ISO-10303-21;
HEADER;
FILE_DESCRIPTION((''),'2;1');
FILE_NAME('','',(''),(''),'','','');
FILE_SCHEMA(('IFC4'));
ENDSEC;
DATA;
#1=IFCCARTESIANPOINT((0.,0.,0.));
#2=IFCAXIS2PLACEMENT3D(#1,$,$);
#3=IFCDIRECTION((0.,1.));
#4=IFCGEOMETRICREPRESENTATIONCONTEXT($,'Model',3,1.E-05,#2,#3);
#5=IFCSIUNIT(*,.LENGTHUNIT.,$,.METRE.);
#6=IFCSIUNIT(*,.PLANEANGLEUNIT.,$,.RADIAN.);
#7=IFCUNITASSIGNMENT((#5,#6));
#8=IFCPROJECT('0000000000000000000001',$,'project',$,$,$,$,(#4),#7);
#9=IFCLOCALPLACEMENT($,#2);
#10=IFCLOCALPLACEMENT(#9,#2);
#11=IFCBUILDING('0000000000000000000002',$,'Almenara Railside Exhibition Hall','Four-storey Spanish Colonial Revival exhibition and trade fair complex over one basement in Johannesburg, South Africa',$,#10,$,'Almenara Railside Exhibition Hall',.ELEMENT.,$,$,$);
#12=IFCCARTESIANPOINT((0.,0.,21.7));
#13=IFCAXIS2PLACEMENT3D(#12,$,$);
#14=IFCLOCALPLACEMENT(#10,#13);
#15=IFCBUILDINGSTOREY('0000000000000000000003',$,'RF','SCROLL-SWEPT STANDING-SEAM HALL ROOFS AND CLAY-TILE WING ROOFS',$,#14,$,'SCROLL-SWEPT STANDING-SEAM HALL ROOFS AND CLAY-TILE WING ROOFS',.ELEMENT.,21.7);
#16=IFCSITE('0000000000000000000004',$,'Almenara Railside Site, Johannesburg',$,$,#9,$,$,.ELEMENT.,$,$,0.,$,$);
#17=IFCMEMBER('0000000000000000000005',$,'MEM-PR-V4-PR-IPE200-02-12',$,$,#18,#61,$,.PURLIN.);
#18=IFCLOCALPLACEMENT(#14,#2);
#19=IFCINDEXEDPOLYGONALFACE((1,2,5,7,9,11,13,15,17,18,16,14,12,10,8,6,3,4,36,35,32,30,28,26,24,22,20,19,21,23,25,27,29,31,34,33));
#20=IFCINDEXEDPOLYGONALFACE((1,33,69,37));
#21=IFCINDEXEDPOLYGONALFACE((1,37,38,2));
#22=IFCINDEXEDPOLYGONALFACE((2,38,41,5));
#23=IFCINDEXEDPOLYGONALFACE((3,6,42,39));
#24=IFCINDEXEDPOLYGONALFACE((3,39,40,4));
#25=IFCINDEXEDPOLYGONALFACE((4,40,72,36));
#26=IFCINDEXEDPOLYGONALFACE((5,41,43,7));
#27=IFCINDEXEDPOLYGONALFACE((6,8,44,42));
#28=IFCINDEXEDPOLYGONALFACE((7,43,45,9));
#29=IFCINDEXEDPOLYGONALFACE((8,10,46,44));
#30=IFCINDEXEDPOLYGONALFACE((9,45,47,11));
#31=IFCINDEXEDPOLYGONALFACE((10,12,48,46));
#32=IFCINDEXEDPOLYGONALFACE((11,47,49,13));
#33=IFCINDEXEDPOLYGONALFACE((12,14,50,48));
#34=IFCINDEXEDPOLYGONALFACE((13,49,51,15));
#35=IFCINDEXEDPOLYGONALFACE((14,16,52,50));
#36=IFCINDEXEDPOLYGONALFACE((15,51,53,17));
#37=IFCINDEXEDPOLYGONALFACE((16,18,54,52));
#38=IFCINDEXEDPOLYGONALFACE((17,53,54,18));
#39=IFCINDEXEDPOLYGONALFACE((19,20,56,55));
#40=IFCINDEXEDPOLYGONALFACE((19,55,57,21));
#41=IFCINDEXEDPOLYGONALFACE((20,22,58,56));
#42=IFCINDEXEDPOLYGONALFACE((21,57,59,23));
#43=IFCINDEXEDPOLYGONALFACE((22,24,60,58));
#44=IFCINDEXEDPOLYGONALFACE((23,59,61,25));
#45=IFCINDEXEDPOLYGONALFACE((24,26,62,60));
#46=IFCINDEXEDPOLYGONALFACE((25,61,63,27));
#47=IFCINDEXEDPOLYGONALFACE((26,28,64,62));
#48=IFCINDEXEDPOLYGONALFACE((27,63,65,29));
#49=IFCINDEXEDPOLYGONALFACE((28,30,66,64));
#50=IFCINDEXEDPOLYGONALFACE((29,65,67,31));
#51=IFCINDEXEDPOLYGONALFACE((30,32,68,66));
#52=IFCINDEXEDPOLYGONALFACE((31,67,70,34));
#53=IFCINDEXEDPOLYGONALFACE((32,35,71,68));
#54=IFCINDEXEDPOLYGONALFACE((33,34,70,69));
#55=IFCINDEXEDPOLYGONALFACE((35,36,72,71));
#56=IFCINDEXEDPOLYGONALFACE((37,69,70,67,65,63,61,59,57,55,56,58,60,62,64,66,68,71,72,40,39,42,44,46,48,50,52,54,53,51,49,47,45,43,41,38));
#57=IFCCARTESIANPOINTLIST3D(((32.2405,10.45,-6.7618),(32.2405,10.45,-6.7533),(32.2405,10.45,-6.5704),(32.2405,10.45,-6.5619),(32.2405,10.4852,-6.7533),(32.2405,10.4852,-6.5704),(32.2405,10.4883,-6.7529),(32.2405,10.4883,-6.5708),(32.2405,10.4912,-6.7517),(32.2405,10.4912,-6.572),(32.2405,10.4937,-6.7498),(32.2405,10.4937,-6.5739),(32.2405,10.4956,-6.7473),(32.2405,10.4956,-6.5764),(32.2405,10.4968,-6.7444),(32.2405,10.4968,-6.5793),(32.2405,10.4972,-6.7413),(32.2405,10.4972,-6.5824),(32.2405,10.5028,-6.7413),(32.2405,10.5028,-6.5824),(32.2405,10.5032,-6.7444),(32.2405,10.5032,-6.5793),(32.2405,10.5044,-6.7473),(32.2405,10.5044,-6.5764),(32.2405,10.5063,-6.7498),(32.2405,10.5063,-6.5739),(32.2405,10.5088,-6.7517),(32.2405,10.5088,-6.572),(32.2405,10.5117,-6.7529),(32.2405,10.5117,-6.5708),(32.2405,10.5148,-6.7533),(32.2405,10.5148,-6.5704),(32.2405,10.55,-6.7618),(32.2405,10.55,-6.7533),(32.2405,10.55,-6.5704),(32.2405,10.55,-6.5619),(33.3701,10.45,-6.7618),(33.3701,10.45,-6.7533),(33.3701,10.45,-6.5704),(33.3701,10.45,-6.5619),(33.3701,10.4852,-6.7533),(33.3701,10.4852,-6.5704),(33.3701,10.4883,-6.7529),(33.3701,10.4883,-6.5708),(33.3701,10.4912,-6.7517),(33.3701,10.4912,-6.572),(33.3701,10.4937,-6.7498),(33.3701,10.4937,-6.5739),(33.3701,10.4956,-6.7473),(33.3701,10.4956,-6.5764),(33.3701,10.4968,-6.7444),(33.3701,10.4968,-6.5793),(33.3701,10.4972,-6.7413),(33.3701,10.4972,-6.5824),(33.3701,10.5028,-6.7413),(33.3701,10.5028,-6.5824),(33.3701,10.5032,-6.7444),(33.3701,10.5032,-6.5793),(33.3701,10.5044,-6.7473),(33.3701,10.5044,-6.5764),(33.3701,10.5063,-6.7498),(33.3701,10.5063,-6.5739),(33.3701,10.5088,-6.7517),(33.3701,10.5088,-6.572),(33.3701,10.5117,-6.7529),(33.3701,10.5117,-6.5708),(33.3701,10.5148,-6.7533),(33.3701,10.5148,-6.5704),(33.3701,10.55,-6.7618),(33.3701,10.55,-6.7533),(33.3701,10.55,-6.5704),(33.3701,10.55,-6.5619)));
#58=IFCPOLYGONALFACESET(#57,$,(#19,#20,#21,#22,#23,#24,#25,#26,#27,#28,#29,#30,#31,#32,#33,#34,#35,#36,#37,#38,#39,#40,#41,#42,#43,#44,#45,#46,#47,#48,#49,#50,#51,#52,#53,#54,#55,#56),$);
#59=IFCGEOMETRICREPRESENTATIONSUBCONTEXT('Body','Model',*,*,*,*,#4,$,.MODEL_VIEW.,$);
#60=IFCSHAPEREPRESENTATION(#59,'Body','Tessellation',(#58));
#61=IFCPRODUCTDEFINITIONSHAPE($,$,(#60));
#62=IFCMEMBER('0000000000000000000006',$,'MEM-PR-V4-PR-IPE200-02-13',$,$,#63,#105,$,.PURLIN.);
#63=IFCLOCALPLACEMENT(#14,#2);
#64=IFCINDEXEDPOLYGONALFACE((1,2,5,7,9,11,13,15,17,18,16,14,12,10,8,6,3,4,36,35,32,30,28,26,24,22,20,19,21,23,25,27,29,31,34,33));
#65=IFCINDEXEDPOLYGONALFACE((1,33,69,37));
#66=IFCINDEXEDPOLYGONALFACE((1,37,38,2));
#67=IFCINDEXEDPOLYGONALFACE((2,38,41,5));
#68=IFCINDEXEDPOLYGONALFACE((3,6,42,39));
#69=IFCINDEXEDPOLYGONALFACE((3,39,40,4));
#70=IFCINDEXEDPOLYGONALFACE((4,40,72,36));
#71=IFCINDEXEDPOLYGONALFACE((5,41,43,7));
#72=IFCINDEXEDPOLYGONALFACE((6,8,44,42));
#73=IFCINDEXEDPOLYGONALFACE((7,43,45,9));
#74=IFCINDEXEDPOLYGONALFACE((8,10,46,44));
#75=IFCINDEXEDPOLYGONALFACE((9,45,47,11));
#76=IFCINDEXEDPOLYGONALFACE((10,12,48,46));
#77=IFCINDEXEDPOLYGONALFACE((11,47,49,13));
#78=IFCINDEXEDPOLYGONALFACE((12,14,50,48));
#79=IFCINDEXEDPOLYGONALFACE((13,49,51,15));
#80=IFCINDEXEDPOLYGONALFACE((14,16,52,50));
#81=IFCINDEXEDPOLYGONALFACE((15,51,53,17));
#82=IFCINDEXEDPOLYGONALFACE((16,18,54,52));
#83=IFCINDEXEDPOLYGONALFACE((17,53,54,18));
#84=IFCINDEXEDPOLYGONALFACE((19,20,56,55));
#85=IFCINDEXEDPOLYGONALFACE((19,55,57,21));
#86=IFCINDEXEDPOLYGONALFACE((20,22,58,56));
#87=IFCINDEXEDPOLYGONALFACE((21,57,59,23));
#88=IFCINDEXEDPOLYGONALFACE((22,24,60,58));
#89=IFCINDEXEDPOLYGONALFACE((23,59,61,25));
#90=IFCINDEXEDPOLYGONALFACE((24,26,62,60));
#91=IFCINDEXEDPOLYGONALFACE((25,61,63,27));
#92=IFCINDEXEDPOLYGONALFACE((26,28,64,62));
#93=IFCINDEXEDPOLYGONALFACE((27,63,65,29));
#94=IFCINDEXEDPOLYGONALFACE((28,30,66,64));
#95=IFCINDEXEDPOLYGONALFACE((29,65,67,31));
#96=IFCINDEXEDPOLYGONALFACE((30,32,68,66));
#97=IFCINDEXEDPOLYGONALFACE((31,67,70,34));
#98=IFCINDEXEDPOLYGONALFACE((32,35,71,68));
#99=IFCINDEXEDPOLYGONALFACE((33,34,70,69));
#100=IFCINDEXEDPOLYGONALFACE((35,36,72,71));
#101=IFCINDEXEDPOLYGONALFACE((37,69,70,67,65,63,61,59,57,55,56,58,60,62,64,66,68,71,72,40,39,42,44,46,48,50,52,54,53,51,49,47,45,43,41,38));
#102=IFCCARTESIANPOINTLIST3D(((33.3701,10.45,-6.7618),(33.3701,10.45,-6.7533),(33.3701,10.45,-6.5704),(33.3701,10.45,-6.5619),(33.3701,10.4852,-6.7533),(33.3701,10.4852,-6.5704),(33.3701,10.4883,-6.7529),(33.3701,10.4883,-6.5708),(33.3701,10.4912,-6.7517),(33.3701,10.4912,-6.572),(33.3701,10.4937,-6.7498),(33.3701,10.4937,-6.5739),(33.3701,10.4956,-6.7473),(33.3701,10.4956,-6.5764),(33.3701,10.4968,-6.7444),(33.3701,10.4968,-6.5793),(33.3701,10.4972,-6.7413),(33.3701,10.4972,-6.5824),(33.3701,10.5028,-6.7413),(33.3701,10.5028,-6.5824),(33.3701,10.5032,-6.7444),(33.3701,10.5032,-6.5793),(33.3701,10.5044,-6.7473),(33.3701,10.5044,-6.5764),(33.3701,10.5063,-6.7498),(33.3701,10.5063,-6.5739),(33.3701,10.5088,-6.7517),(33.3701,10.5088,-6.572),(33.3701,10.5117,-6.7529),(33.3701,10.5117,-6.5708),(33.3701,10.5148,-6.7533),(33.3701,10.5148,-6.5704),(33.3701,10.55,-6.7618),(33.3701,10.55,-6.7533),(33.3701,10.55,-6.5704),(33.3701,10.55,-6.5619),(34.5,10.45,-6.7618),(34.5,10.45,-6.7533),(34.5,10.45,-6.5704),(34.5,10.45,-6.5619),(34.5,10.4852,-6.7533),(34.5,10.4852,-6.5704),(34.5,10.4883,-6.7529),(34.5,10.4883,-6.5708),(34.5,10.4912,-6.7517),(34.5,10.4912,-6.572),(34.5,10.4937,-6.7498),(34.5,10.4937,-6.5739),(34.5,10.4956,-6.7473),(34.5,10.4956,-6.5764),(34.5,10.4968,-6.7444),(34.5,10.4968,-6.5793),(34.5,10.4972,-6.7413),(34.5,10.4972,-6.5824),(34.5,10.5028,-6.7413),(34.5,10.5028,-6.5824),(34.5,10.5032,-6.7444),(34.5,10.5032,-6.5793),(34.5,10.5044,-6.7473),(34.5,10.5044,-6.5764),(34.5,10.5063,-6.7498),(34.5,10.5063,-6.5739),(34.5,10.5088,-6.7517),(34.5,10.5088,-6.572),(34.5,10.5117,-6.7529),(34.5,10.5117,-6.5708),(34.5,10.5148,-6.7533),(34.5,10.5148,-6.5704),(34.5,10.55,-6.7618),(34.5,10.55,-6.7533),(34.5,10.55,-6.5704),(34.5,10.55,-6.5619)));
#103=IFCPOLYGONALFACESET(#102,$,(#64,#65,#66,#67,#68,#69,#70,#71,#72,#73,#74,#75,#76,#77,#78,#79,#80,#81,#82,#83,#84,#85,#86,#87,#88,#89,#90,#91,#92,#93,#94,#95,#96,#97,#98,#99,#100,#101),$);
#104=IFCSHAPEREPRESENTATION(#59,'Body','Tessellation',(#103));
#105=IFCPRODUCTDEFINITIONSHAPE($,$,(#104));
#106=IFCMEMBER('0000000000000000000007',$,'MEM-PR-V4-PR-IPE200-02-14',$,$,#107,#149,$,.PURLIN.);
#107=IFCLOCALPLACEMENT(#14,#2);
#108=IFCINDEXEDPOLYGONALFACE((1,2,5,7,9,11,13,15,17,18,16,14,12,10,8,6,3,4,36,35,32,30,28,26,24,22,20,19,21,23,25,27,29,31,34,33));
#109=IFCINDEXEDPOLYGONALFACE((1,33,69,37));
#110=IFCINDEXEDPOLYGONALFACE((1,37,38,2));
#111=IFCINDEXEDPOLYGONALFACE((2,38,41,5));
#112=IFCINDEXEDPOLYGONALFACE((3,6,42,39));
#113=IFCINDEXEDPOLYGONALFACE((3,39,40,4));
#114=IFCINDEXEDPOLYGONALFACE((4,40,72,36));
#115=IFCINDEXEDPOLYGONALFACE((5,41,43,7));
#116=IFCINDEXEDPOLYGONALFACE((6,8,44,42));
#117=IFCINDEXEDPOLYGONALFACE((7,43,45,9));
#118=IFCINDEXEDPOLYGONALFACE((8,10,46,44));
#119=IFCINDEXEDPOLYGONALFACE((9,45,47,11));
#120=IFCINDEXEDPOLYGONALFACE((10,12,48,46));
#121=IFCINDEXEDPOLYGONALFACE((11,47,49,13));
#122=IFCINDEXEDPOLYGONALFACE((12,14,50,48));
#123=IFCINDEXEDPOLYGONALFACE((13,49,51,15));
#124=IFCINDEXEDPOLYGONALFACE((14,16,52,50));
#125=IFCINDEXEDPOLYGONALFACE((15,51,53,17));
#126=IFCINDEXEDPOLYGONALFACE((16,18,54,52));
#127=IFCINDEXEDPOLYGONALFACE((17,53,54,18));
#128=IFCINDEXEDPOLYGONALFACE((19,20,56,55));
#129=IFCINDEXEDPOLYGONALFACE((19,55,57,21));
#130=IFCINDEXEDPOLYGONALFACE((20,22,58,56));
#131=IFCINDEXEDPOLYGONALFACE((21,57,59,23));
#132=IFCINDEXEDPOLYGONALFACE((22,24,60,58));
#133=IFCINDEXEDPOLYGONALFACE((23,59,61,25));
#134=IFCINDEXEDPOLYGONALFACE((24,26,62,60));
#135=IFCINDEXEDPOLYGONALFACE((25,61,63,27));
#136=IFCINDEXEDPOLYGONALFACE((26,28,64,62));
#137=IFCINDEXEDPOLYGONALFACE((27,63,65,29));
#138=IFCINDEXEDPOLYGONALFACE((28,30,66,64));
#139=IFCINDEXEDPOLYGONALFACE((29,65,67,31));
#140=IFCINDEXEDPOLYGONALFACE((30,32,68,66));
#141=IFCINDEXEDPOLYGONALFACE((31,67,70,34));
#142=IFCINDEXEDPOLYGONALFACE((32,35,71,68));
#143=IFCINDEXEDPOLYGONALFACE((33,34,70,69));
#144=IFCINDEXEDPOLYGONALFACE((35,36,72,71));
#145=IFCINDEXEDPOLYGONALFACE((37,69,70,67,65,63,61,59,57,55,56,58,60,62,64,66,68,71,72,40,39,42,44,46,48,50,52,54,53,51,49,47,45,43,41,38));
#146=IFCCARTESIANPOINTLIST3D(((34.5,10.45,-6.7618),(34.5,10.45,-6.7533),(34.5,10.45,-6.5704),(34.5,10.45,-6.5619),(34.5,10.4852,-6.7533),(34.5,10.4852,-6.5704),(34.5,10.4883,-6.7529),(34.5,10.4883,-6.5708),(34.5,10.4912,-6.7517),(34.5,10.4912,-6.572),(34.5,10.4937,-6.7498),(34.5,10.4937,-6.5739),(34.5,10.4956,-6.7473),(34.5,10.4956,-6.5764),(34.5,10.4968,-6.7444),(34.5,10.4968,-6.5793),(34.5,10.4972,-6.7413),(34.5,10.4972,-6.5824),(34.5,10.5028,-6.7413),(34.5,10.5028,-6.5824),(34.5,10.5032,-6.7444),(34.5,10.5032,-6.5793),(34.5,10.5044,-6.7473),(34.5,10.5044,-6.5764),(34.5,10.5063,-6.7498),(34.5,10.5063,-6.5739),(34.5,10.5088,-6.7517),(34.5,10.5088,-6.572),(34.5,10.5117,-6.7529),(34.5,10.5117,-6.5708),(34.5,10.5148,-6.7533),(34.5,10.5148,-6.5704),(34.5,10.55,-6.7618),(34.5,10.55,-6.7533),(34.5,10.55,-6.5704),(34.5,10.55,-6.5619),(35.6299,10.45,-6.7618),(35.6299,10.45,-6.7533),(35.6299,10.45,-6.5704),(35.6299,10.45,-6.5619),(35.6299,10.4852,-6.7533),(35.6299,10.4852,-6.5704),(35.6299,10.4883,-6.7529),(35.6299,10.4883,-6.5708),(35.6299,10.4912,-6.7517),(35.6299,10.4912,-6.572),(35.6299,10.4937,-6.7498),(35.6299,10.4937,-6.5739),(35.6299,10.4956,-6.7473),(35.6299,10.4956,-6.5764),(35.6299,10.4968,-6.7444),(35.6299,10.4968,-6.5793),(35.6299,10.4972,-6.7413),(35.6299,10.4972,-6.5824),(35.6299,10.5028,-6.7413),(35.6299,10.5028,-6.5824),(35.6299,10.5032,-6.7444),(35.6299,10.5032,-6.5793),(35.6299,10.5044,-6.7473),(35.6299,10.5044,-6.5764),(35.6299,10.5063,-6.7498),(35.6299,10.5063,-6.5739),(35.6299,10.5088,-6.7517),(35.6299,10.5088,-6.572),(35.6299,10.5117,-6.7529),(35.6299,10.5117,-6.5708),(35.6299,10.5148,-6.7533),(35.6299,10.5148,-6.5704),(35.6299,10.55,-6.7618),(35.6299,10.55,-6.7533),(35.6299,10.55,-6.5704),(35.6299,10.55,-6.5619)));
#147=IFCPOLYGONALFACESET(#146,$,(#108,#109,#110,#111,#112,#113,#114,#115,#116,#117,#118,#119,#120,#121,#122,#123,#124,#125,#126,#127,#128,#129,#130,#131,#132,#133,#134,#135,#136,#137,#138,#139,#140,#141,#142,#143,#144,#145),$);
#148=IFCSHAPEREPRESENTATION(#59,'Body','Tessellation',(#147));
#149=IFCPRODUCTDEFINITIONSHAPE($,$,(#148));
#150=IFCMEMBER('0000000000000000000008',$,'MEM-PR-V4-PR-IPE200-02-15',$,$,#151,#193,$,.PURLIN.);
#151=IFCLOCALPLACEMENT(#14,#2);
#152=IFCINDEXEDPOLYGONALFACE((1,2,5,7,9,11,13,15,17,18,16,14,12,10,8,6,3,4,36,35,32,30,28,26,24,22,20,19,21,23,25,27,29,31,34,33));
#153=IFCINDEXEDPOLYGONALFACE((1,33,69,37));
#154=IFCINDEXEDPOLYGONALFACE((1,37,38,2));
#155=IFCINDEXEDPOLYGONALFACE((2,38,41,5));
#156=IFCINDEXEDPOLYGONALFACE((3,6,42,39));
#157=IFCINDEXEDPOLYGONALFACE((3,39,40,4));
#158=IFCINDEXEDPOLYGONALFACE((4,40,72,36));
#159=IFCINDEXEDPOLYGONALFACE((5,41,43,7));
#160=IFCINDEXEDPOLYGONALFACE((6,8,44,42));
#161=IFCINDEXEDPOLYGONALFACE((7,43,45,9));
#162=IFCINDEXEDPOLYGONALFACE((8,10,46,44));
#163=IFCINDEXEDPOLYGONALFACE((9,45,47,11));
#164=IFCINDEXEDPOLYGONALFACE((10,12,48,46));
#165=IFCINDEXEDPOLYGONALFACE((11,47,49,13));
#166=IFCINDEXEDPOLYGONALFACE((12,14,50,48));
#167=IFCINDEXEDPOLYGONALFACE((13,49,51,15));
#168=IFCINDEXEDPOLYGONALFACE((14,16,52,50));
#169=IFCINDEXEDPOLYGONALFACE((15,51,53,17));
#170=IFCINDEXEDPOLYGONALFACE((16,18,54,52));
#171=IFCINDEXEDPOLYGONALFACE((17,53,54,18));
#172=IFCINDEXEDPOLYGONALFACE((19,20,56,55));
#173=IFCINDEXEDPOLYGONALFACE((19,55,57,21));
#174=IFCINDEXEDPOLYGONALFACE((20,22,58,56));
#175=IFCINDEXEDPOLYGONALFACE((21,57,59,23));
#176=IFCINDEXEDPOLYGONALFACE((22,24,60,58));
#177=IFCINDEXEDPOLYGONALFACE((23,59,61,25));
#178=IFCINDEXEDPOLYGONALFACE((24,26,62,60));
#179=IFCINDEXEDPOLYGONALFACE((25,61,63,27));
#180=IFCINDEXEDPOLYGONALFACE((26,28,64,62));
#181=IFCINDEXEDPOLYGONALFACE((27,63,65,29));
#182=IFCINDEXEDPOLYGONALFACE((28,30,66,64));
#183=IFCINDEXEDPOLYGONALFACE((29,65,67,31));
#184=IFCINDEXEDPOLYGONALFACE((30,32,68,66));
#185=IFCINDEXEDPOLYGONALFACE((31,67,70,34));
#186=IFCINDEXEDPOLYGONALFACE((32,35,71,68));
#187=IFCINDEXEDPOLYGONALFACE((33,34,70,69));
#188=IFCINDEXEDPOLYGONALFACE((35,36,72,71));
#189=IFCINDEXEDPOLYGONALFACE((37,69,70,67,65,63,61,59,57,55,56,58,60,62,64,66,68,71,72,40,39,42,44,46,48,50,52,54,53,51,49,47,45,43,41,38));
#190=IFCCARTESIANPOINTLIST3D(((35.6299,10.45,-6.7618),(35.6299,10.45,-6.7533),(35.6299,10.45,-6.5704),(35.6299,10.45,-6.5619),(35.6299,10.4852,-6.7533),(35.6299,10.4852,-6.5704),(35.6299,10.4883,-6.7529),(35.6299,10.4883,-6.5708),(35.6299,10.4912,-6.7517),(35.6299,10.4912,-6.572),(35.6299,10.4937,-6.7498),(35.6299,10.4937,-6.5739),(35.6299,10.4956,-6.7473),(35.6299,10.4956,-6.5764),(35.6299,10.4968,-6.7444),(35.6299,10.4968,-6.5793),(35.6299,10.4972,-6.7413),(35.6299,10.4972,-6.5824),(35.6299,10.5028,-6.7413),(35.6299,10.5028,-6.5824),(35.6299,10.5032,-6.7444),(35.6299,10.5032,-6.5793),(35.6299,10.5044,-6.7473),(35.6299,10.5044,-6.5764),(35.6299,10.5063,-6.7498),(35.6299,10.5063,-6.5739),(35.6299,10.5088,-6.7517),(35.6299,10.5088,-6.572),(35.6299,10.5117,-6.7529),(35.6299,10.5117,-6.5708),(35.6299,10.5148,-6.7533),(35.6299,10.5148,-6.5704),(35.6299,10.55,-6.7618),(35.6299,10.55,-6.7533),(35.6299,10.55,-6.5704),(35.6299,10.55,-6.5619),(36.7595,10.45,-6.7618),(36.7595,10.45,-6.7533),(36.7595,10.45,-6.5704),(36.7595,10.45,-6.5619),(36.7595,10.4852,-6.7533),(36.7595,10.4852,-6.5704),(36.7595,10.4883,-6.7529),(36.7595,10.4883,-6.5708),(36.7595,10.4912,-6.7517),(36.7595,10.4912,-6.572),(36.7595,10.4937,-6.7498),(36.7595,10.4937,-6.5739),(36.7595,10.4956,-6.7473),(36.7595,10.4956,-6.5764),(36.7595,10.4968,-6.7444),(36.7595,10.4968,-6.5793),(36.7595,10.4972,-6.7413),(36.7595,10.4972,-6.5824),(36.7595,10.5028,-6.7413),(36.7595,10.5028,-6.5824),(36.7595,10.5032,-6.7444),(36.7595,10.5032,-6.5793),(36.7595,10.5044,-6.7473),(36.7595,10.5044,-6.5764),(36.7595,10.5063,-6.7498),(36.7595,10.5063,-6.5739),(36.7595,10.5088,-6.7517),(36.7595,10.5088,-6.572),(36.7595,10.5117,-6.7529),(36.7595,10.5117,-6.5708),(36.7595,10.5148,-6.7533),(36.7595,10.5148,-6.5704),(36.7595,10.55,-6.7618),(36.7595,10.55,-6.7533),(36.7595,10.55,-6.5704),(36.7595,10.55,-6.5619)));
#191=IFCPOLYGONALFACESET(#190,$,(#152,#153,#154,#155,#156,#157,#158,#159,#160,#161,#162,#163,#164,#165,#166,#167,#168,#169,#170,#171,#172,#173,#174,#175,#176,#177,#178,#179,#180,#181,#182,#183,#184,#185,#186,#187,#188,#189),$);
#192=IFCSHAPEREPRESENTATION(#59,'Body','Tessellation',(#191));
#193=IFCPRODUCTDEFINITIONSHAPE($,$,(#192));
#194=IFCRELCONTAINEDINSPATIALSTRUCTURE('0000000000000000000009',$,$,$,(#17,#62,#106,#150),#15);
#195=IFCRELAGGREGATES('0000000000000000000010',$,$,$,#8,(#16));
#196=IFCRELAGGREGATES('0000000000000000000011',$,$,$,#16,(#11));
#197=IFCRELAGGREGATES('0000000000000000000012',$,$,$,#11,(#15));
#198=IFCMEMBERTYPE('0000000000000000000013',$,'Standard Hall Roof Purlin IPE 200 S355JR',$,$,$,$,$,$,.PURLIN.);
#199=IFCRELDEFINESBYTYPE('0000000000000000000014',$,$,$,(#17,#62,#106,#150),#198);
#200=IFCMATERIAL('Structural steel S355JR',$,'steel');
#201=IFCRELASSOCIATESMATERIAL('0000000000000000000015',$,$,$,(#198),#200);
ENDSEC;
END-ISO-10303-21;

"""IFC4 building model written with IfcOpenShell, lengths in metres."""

from ifc_helpers import new_model, si_unit, direction, frame, origin, origin_2d, place, context, subcontext, project, spatial, i_section, extrude, material, material_profile, profile_set, type_object, element, save


model = new_model("IFC4")

# Units and contexts
model_context = context("Model", 3, precision=1e-05, world=origin(), true_north=direction((0.0, 1.0)))
body_context = subcontext(model_context, "Body", "Model", "MODEL_VIEW")
ifc_project = project(units=[si_unit("LENGTHUNIT", "METRE"), si_unit("PLANEANGLEUNIT", "RADIAN")], contexts=[model_context])

# Site, building, storey
site_placement = place(None, origin())
site = spatial("IfcSite", under=ifc_project, at=site_placement, Name="Almenara Railside Site, Johannesburg", CompositionType="ELEMENT", RefElevation=0.0)
building_placement = place(site_placement, origin())
building = spatial("IfcBuilding", under=site, at=building_placement, Name="Almenara Railside Exhibition Hall", Description="Four-storey Spanish Colonial Revival exhibition and trade fair complex over one basement in Johannesburg, South Africa", LongName="Almenara Railside Exhibition Hall", CompositionType="ELEMENT")
storey_placement = place(building_placement, frame((0.0, 0.0, 21.7)))
storey = spatial("IfcBuildingStorey", under=building, at=storey_placement, Name="RF", Description="SCROLL-SWEPT STANDING-SEAM HALL ROOFS AND CLAY-TILE WING ROOFS", LongName="SCROLL-SWEPT STANDING-SEAM HALL ROOFS AND CLAY-TILE WING ROOFS", CompositionType="ELEMENT", Elevation=21.7)

# Members
ifc_material_1 = material(Name="Structural steel S355JR", Category="steel")
ifc_material_profile_1 = material_profile(ifc_material_1, i_section(OverallWidth=0.1001, OverallDepth=0.2, WebThickness=0.0056, FlangeThickness=0.0085, FilletRadius=0.012, at=origin_2d()), Name="IPE 200")
ifc_profile_set_1 = profile_set([ifc_material_profile_1], Name="Structural steel S355JR")
member_type_1 = type_object("IfcMemberType", Name="Standard Hall Roof Purlin IPE 200 S355JR", PredefinedType="PURLIN", material=ifc_profile_set_1)
member_1_placement = place(storey_placement, frame((32.2405, 10.5, -6.6619), z_axis=(1.0, 0.0, 0.0), x_axis=(0.0, 1.0, 0.0)))
element("IfcMember", 1, at=member_1_placement, inside=storey, type_object=member_type_1, Name="MEM-PR-V4-PR-IPE200-02-12", PredefinedType="PURLIN", context=body_context, shape_type="SweptSolid", body=[
    extrude(i_section(OverallWidth=0.1001, OverallDepth=0.2, WebThickness=0.0056, FlangeThickness=0.0085, FilletRadius=0.012, at=origin_2d()), origin(), (0.0, 0.0, 1.0), 1.1296),
])
for number, where, z_axis, x_axis, name in (
    (2, (33.3701, 10.5, -6.6619), (1.0, 0.0, 0.0), (0.0, 1.0, 0.0), "MEM-PR-V4-PR-IPE200-02-13"),
    (3, (34.5, 10.5, -6.6619), (1.0, 0.0, 0.0), (0.0, 1.0, 0.0), "MEM-PR-V4-PR-IPE200-02-14"),
):
    element("IfcMember", number, at=place(storey_placement, frame(where, z_axis=z_axis, x_axis=x_axis)), inside=storey, type_object=member_type_1, Name=name, PredefinedType="PURLIN", context=body_context, shape_type="SweptSolid", body=[
        extrude(i_section(OverallWidth=0.1001, OverallDepth=0.2, WebThickness=0.0056, FlangeThickness=0.0085, FilletRadius=0.012, at=origin_2d()), origin(), (0.0, 0.0, 1.0), 1.1299),
    ])
member_2_placement = place(storey_placement, frame((35.6299, 10.5, -6.6619), z_axis=(1.0, 0.0, 0.0), x_axis=(0.0, 1.0, 0.0)))
element("IfcMember", 4, at=member_2_placement, inside=storey, type_object=member_type_1, Name="MEM-PR-V4-PR-IPE200-02-15", PredefinedType="PURLIN", context=body_context, shape_type="SweptSolid", body=[
    extrude(i_section(OverallWidth=0.1001, OverallDepth=0.2, WebThickness=0.0056, FlangeThickness=0.0085, FilletRadius=0.012, at=origin_2d()), origin(), (0.0, 0.0, 1.0), 1.1296),
])

save(model, "model.ifc")
